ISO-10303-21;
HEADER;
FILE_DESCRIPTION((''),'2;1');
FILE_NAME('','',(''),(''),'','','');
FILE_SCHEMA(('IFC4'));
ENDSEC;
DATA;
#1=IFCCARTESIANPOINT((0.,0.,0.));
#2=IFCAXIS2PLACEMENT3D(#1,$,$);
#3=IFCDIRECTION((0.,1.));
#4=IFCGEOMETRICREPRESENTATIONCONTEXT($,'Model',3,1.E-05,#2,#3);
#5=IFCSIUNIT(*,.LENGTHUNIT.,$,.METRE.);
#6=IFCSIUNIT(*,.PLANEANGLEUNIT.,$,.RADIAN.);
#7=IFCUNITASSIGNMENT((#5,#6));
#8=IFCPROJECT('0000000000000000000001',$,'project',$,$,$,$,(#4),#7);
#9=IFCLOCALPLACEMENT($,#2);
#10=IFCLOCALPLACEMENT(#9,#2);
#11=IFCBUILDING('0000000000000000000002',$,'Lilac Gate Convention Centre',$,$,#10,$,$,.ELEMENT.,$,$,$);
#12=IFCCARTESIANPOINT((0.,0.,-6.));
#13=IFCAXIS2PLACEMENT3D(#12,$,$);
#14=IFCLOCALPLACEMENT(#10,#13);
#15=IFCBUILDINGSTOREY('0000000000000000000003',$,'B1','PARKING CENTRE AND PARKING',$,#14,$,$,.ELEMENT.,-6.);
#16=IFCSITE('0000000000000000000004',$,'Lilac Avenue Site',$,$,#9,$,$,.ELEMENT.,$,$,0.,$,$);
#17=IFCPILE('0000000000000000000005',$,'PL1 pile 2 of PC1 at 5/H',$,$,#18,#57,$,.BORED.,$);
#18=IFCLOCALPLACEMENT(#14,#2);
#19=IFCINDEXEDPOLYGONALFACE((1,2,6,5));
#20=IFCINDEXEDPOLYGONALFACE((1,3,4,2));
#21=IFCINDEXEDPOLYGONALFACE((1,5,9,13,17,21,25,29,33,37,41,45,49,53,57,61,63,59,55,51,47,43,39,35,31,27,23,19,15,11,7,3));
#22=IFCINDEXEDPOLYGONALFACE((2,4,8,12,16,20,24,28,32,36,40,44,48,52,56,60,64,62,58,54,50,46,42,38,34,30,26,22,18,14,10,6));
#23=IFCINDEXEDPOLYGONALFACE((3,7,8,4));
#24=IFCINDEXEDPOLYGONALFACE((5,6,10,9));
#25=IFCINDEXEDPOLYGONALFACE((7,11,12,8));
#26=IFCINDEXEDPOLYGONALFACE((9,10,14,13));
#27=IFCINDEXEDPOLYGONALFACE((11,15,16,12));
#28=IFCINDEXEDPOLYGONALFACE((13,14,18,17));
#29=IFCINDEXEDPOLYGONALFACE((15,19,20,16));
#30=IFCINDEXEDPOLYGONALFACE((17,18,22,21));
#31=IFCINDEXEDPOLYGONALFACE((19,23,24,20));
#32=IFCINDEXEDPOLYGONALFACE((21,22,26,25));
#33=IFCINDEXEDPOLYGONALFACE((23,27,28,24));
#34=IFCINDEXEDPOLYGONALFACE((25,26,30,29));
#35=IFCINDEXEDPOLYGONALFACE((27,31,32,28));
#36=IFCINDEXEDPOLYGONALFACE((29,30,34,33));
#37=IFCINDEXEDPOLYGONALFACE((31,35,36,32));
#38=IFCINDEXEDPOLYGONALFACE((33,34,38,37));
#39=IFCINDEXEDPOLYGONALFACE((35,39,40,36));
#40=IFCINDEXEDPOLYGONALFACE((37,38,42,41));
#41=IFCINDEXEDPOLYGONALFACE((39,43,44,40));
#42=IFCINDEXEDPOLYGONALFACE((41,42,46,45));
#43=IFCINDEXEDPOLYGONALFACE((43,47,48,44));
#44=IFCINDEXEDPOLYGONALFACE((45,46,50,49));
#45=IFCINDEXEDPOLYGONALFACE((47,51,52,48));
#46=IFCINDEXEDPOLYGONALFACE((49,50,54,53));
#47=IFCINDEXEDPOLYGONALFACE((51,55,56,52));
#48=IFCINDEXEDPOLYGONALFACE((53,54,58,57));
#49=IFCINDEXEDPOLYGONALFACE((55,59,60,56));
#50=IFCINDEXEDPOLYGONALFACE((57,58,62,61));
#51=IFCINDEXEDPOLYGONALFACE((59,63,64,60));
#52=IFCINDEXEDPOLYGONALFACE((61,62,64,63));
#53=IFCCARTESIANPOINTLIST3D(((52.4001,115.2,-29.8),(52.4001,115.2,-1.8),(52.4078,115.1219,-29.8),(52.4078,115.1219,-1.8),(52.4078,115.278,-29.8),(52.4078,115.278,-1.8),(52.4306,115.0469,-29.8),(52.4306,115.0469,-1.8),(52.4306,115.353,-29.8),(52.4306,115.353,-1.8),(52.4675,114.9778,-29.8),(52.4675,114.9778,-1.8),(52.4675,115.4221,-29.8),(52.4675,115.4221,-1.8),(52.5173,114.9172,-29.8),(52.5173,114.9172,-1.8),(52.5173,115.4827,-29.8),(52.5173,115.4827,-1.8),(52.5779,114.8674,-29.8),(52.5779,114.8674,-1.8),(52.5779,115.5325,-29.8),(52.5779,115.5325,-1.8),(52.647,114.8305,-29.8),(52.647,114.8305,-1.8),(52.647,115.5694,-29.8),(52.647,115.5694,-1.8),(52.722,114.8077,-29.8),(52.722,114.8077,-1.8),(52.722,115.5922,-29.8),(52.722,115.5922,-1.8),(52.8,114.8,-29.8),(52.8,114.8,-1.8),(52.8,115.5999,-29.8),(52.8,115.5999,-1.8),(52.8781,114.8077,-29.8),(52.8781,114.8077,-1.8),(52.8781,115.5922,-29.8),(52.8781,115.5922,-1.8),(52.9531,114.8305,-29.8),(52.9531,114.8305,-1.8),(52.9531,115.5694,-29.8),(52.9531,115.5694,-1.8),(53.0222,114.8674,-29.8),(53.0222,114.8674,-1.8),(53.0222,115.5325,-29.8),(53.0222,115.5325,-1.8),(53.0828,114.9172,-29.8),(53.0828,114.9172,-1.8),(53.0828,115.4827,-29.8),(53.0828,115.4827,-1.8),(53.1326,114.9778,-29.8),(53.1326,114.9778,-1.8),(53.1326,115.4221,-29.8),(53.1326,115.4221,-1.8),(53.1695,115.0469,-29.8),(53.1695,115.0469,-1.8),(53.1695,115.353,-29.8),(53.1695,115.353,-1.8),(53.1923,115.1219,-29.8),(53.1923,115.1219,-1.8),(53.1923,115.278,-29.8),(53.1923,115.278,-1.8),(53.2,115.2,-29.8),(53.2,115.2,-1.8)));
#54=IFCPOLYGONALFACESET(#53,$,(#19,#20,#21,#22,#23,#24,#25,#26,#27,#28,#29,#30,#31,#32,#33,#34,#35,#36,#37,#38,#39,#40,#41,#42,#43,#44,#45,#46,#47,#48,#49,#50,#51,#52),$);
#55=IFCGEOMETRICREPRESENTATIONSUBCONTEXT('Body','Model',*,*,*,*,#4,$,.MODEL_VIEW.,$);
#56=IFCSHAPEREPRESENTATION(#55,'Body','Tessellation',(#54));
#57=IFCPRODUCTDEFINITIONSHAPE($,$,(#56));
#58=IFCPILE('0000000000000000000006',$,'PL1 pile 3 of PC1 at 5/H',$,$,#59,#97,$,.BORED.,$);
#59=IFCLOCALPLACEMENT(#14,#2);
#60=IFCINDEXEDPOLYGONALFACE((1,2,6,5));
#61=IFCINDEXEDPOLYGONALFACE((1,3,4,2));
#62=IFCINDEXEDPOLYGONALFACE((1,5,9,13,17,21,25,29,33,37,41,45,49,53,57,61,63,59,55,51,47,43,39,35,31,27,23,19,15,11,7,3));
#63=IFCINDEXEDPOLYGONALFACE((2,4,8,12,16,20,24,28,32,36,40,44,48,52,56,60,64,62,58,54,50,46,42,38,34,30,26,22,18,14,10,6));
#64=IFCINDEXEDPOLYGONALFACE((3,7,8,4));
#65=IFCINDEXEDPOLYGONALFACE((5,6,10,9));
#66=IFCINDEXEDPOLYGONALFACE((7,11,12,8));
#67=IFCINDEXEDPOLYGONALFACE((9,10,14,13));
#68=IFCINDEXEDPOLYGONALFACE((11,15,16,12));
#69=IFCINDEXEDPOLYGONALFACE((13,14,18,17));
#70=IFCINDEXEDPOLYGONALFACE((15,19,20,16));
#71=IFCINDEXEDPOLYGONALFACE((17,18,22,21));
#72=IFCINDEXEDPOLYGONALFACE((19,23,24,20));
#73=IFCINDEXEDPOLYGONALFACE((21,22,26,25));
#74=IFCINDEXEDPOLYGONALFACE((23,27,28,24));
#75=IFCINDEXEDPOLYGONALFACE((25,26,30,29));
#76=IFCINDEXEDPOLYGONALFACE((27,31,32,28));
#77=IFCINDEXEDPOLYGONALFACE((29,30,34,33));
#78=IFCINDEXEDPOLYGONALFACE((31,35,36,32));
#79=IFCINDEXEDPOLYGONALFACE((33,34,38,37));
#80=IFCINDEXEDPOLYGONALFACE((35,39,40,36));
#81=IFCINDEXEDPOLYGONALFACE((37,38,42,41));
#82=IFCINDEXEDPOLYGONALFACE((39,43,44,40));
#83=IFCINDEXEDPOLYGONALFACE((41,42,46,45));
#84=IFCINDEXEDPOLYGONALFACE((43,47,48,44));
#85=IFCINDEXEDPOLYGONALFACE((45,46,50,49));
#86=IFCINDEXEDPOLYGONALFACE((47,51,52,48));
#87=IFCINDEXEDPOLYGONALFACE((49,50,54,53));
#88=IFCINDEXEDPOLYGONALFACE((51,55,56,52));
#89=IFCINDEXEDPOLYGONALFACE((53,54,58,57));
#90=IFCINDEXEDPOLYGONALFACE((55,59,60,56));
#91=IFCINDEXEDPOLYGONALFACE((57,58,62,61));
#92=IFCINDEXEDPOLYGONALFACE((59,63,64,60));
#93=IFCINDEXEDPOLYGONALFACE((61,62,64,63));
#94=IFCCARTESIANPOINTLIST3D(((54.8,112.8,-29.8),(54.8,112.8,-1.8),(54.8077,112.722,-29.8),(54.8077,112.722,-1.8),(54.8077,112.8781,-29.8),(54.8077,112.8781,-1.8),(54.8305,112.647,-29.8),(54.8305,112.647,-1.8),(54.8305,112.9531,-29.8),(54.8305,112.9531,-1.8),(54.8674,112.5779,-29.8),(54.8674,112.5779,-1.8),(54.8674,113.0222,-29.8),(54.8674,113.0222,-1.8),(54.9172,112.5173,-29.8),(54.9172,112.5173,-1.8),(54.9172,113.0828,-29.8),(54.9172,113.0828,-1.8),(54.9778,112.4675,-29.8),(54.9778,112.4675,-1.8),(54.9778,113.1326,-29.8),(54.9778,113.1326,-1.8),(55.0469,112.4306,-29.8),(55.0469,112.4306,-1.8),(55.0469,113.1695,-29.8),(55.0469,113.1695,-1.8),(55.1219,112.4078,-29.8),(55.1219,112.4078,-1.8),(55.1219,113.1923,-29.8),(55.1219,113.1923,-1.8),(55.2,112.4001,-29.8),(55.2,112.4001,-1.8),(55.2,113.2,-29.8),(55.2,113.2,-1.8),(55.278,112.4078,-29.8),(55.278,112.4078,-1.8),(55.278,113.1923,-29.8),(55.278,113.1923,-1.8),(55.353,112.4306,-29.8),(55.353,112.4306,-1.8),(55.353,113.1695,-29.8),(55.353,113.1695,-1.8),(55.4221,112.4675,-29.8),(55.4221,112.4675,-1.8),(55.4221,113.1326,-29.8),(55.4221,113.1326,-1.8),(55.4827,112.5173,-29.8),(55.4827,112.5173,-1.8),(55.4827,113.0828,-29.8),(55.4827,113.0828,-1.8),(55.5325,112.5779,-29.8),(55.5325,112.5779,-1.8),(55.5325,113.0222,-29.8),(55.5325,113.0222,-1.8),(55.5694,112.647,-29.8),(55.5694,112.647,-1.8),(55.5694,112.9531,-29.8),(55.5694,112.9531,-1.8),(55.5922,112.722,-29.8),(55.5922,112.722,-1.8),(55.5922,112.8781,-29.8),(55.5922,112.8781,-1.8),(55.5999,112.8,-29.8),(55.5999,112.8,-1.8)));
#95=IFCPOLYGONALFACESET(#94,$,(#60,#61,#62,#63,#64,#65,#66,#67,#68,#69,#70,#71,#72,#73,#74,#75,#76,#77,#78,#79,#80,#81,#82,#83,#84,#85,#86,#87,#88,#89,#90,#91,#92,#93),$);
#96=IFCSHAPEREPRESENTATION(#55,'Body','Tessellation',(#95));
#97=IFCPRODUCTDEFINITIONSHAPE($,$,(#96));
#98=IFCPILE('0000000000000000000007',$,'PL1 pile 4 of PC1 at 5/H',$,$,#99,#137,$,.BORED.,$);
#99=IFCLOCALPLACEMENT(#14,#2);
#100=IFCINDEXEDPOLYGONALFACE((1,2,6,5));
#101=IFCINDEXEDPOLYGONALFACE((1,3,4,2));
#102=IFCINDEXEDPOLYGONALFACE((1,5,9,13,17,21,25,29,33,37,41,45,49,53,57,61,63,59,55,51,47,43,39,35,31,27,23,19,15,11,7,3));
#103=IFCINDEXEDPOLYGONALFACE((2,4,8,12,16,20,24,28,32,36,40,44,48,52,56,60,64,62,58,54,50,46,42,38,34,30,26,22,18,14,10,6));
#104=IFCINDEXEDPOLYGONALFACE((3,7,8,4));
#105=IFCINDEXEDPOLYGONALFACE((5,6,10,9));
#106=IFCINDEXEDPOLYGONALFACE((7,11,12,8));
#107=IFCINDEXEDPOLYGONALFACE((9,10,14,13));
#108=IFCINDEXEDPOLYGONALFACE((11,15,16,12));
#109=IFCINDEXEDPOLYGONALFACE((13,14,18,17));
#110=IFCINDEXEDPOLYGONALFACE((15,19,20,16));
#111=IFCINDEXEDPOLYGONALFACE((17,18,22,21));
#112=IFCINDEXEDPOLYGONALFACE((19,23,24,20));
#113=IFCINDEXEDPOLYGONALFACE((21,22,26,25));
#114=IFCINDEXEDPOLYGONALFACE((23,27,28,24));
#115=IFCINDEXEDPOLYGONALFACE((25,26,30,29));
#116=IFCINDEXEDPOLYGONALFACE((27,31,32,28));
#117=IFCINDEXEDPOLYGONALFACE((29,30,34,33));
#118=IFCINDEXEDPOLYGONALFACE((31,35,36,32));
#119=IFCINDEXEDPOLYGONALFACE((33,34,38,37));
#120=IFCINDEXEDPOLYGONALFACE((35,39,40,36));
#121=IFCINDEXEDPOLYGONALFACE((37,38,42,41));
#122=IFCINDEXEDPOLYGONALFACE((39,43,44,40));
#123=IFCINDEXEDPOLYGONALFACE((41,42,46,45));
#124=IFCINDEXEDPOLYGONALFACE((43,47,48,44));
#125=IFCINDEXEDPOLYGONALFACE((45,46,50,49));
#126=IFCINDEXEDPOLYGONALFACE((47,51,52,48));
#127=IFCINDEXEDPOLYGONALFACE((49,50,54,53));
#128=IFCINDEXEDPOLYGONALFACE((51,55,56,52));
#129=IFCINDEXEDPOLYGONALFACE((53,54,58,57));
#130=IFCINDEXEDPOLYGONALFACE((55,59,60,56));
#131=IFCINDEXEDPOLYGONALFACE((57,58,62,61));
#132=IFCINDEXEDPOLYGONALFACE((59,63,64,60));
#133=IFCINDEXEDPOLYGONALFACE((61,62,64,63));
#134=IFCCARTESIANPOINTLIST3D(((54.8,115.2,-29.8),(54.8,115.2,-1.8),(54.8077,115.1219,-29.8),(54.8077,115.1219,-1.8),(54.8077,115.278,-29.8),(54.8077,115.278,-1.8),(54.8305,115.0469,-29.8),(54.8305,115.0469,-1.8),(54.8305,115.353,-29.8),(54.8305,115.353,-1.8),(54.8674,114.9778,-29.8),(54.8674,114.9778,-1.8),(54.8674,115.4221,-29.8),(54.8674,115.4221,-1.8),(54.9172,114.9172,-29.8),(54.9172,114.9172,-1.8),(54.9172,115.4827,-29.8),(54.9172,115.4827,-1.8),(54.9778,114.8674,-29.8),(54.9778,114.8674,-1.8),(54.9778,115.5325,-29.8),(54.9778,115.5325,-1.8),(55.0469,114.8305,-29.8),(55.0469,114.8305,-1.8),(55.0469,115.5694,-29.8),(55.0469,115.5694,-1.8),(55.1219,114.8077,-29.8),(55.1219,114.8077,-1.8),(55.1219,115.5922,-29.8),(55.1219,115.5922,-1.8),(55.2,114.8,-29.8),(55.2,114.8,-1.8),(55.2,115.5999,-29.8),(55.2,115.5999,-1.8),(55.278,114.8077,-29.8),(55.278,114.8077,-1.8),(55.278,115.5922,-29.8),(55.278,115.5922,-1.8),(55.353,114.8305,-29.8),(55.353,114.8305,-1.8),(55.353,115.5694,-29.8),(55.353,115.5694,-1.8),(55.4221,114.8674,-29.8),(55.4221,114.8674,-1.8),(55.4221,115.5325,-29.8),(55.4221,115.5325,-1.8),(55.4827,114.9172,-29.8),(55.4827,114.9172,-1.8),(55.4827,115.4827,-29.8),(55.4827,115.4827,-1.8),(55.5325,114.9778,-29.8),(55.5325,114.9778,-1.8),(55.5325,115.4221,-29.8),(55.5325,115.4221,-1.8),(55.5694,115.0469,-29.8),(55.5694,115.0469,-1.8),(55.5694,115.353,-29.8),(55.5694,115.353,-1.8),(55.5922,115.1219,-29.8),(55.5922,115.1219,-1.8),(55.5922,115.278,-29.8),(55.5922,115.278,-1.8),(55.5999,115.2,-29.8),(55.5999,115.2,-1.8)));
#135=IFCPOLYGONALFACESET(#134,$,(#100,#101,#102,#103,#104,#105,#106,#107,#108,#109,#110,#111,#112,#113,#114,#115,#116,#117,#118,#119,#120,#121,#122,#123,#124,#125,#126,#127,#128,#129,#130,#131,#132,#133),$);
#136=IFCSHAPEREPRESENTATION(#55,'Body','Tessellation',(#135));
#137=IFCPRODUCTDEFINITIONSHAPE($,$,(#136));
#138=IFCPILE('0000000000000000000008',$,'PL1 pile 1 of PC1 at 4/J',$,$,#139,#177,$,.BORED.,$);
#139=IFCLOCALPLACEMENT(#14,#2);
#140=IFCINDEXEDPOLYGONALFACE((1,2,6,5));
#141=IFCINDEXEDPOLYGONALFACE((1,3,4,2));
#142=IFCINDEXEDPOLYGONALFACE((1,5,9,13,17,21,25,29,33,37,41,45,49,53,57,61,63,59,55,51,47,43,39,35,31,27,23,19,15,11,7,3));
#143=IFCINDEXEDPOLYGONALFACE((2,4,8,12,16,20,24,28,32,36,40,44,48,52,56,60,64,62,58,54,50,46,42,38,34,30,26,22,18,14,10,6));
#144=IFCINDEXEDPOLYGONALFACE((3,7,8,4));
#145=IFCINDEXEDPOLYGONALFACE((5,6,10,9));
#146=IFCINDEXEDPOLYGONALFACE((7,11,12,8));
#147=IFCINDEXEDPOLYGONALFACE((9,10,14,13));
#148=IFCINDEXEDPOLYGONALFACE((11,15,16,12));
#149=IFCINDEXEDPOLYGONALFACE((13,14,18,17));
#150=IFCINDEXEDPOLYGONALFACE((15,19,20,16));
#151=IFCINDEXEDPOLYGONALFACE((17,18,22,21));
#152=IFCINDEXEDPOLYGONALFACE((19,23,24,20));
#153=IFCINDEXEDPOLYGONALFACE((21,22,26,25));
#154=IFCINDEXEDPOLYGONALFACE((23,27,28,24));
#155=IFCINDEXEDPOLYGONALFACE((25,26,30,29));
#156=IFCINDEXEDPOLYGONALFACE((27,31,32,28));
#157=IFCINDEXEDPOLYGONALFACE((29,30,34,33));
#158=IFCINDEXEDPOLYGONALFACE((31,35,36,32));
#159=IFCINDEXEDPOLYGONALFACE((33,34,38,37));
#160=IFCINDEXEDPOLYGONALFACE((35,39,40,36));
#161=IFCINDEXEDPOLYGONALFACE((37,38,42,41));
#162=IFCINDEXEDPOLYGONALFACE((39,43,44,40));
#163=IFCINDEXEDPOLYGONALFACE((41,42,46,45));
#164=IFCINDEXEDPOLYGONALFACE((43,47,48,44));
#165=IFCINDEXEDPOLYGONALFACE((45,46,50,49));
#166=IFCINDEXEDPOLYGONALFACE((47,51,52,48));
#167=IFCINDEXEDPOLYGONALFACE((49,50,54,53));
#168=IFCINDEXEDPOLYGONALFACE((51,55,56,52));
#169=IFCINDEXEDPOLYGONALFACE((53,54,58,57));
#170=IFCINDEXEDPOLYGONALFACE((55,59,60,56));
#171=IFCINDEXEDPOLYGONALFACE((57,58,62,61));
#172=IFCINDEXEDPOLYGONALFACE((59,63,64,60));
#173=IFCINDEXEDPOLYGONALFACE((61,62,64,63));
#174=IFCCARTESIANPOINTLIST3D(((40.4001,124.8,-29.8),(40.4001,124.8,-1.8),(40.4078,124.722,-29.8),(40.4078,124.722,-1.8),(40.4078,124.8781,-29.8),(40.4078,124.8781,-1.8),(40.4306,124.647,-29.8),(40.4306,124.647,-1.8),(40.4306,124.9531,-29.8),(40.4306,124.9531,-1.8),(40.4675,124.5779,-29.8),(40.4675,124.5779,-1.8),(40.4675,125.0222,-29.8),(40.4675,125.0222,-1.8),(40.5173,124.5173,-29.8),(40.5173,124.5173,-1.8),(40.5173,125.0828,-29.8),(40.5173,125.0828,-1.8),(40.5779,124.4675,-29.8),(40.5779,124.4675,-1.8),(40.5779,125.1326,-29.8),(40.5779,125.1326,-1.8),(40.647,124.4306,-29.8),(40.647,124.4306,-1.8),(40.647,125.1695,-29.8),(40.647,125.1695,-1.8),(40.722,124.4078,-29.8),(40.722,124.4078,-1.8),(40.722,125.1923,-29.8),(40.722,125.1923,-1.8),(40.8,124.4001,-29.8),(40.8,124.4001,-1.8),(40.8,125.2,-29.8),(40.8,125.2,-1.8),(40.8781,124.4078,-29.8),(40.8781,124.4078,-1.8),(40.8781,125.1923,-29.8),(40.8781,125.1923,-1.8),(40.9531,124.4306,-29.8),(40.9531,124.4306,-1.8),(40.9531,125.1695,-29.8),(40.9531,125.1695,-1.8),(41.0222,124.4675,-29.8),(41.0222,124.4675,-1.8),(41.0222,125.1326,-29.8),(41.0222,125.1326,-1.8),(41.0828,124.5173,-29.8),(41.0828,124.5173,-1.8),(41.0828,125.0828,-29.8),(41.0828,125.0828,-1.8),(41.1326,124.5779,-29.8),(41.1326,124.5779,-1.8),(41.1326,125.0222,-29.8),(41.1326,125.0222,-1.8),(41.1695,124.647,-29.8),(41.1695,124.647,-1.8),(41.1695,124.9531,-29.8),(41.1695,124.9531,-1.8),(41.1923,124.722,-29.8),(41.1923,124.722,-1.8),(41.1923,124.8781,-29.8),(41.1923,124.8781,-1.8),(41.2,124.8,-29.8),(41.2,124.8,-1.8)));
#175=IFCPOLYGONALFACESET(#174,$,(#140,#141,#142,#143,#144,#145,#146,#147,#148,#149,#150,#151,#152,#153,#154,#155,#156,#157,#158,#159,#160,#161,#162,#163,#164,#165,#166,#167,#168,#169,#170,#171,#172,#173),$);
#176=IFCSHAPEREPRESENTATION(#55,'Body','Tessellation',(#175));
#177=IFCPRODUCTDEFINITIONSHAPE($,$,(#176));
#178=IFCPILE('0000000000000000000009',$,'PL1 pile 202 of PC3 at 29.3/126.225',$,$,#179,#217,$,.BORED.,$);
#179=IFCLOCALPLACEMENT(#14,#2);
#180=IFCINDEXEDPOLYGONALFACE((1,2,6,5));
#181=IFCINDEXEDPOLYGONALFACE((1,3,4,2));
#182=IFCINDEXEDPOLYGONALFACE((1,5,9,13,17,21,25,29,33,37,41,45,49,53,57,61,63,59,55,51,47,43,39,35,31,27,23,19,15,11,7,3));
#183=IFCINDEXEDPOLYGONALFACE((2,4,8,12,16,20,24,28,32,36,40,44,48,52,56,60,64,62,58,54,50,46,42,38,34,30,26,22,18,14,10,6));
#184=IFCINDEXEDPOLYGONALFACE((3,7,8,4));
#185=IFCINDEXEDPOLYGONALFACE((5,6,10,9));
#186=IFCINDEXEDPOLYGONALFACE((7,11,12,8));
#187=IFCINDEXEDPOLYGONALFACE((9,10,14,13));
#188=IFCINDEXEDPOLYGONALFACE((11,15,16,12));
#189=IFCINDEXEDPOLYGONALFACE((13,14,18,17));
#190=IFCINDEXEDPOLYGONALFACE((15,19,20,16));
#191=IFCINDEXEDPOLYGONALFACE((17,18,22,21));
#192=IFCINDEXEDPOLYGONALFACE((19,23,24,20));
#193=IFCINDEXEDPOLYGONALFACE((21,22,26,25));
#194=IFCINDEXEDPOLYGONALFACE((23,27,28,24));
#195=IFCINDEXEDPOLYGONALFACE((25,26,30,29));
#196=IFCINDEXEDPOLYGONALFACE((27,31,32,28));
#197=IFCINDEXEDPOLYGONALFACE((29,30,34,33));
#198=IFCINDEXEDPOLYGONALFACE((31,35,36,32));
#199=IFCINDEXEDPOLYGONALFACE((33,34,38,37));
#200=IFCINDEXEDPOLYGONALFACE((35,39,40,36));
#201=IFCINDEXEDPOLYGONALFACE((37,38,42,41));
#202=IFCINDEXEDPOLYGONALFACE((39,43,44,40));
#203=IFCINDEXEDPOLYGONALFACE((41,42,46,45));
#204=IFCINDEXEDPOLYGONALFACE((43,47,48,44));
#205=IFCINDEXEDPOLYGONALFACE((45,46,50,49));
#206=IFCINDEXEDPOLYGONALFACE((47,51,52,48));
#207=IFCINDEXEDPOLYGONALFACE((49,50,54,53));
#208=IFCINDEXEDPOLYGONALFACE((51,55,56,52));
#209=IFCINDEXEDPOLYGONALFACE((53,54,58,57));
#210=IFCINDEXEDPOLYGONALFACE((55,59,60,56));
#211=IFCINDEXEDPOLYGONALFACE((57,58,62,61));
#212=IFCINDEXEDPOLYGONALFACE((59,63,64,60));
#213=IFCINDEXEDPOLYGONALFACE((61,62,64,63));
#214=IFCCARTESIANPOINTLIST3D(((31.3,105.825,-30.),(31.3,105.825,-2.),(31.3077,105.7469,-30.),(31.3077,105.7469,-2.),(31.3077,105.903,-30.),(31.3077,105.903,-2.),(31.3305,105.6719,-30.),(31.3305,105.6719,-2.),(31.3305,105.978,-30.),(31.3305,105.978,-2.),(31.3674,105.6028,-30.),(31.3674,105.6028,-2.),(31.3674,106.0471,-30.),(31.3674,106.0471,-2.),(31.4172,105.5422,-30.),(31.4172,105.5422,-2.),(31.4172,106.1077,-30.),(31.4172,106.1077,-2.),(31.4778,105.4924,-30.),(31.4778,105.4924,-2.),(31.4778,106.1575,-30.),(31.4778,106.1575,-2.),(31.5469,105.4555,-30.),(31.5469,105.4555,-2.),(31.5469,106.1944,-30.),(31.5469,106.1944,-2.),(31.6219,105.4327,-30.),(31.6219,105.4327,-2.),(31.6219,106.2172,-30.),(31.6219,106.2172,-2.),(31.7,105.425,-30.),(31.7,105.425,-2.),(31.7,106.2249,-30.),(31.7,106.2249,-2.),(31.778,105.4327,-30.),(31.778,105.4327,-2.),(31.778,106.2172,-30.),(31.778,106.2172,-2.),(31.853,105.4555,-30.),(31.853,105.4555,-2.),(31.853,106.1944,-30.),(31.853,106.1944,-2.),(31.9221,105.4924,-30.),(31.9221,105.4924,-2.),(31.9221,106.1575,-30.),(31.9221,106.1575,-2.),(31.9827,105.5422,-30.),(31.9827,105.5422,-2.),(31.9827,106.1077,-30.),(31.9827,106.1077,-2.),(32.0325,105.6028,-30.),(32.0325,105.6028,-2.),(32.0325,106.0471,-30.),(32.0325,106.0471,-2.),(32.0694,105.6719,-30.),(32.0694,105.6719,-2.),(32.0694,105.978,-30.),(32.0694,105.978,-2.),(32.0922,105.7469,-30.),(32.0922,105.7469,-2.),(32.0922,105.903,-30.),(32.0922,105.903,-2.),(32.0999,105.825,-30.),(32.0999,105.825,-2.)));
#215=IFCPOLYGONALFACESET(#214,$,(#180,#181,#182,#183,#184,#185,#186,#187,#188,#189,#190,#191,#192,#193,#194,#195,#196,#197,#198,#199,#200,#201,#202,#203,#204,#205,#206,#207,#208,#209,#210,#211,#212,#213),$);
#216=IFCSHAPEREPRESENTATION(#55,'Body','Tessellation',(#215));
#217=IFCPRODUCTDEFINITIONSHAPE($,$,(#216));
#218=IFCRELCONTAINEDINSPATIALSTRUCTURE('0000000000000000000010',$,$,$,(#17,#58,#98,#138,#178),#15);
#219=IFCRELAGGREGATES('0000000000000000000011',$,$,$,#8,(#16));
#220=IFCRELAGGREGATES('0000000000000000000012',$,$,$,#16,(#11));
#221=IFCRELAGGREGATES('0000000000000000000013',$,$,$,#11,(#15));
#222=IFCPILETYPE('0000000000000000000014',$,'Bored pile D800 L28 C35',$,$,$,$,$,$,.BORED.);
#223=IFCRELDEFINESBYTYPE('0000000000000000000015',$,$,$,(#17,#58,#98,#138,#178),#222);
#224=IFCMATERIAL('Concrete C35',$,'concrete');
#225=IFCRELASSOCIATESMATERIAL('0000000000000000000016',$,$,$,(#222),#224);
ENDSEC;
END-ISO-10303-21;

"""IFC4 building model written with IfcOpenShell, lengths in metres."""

from ifc_helpers import new_model, si_unit, direction, frame, origin, origin_2d, place, context, subcontext, project, spatial, circle, extrude, material, material_profile, profile_set, type_object, element, save


model = new_model("IFC4")

# Units and contexts
model_context = context("Model", 3, precision=1e-05, world=origin(), true_north=direction((0.0, 1.0)))
body_context = subcontext(model_context, "Body", "Model", "MODEL_VIEW")
ifc_project = project(units=[si_unit("LENGTHUNIT", "METRE"), si_unit("PLANEANGLEUNIT", "RADIAN")], contexts=[model_context])

# Site, building, storey
site_placement = place(None, origin())
site = spatial("IfcSite", under=ifc_project, at=site_placement, Name="Lilac Avenue Site", CompositionType="ELEMENT", RefElevation=0.0)
building_placement = place(site_placement, origin())
building = spatial("IfcBuilding", under=site, at=building_placement, Name="Lilac Gate Convention Centre", CompositionType="ELEMENT")
storey_placement = place(building_placement, frame((0.0, 0.0, -6.0)))
storey = spatial("IfcBuildingStorey", under=building, at=storey_placement, Name="B1", Description="PARKING CENTRE AND PARKING", CompositionType="ELEMENT", Elevation=-6.0)

# Piles
ifc_material_1 = material(Name="Concrete C35", Category="concrete")
ifc_material_profile_1 = material_profile(ifc_material_1, circle(Radius=0.3999, at=origin_2d()), Name="D800")
ifc_profile_set_1 = profile_set([ifc_material_profile_1], Name="Concrete C35")
pile_type = type_object("IfcPileType", Name="Bored pile D800 L28 C35", PredefinedType="BORED", material=ifc_profile_set_1)
for number, where, z_axis, x_axis, name in (
    (1, (52.8, 115.2, -1.8), (0.0, 0.0, -1.0), (1.0, 0.0, 0.0), "PL1 pile 2 of PC1 at 5/H"),
    (2, (55.2, 112.8, -1.8), (0.0, 0.0, -1.0), (1.0, 0.0, 0.0), "PL1 pile 3 of PC1 at 5/H"),
    (3, (55.2, 115.2, -1.8), (0.0, 0.0, -1.0), (1.0, 0.0, 0.0), "PL1 pile 4 of PC1 at 5/H"),
    (4, (40.8, 124.8, -1.8), (0.0, 0.0, -1.0), (1.0, 0.0, 0.0), "PL1 pile 1 of PC1 at 4/J"),
    (5, (31.7, 105.825, -2.0), (0.0, 0.0, -1.0), (1.0, 0.0, 0.0), "PL1 pile 202 of PC3 at 29.3/126.225"),
):
    element("IfcPile", number, at=place(storey_placement, frame(where, z_axis=z_axis, x_axis=x_axis)), inside=storey, type_object=pile_type, Name=name, PredefinedType="BORED", context=body_context, shape_type="SweptSolid", body=[
        extrude(circle(Radius=0.3999, at=origin_2d()), origin(), (0.0, 0.0, 1.0), 28.0),
    ])

save(model, "model.ifc")
